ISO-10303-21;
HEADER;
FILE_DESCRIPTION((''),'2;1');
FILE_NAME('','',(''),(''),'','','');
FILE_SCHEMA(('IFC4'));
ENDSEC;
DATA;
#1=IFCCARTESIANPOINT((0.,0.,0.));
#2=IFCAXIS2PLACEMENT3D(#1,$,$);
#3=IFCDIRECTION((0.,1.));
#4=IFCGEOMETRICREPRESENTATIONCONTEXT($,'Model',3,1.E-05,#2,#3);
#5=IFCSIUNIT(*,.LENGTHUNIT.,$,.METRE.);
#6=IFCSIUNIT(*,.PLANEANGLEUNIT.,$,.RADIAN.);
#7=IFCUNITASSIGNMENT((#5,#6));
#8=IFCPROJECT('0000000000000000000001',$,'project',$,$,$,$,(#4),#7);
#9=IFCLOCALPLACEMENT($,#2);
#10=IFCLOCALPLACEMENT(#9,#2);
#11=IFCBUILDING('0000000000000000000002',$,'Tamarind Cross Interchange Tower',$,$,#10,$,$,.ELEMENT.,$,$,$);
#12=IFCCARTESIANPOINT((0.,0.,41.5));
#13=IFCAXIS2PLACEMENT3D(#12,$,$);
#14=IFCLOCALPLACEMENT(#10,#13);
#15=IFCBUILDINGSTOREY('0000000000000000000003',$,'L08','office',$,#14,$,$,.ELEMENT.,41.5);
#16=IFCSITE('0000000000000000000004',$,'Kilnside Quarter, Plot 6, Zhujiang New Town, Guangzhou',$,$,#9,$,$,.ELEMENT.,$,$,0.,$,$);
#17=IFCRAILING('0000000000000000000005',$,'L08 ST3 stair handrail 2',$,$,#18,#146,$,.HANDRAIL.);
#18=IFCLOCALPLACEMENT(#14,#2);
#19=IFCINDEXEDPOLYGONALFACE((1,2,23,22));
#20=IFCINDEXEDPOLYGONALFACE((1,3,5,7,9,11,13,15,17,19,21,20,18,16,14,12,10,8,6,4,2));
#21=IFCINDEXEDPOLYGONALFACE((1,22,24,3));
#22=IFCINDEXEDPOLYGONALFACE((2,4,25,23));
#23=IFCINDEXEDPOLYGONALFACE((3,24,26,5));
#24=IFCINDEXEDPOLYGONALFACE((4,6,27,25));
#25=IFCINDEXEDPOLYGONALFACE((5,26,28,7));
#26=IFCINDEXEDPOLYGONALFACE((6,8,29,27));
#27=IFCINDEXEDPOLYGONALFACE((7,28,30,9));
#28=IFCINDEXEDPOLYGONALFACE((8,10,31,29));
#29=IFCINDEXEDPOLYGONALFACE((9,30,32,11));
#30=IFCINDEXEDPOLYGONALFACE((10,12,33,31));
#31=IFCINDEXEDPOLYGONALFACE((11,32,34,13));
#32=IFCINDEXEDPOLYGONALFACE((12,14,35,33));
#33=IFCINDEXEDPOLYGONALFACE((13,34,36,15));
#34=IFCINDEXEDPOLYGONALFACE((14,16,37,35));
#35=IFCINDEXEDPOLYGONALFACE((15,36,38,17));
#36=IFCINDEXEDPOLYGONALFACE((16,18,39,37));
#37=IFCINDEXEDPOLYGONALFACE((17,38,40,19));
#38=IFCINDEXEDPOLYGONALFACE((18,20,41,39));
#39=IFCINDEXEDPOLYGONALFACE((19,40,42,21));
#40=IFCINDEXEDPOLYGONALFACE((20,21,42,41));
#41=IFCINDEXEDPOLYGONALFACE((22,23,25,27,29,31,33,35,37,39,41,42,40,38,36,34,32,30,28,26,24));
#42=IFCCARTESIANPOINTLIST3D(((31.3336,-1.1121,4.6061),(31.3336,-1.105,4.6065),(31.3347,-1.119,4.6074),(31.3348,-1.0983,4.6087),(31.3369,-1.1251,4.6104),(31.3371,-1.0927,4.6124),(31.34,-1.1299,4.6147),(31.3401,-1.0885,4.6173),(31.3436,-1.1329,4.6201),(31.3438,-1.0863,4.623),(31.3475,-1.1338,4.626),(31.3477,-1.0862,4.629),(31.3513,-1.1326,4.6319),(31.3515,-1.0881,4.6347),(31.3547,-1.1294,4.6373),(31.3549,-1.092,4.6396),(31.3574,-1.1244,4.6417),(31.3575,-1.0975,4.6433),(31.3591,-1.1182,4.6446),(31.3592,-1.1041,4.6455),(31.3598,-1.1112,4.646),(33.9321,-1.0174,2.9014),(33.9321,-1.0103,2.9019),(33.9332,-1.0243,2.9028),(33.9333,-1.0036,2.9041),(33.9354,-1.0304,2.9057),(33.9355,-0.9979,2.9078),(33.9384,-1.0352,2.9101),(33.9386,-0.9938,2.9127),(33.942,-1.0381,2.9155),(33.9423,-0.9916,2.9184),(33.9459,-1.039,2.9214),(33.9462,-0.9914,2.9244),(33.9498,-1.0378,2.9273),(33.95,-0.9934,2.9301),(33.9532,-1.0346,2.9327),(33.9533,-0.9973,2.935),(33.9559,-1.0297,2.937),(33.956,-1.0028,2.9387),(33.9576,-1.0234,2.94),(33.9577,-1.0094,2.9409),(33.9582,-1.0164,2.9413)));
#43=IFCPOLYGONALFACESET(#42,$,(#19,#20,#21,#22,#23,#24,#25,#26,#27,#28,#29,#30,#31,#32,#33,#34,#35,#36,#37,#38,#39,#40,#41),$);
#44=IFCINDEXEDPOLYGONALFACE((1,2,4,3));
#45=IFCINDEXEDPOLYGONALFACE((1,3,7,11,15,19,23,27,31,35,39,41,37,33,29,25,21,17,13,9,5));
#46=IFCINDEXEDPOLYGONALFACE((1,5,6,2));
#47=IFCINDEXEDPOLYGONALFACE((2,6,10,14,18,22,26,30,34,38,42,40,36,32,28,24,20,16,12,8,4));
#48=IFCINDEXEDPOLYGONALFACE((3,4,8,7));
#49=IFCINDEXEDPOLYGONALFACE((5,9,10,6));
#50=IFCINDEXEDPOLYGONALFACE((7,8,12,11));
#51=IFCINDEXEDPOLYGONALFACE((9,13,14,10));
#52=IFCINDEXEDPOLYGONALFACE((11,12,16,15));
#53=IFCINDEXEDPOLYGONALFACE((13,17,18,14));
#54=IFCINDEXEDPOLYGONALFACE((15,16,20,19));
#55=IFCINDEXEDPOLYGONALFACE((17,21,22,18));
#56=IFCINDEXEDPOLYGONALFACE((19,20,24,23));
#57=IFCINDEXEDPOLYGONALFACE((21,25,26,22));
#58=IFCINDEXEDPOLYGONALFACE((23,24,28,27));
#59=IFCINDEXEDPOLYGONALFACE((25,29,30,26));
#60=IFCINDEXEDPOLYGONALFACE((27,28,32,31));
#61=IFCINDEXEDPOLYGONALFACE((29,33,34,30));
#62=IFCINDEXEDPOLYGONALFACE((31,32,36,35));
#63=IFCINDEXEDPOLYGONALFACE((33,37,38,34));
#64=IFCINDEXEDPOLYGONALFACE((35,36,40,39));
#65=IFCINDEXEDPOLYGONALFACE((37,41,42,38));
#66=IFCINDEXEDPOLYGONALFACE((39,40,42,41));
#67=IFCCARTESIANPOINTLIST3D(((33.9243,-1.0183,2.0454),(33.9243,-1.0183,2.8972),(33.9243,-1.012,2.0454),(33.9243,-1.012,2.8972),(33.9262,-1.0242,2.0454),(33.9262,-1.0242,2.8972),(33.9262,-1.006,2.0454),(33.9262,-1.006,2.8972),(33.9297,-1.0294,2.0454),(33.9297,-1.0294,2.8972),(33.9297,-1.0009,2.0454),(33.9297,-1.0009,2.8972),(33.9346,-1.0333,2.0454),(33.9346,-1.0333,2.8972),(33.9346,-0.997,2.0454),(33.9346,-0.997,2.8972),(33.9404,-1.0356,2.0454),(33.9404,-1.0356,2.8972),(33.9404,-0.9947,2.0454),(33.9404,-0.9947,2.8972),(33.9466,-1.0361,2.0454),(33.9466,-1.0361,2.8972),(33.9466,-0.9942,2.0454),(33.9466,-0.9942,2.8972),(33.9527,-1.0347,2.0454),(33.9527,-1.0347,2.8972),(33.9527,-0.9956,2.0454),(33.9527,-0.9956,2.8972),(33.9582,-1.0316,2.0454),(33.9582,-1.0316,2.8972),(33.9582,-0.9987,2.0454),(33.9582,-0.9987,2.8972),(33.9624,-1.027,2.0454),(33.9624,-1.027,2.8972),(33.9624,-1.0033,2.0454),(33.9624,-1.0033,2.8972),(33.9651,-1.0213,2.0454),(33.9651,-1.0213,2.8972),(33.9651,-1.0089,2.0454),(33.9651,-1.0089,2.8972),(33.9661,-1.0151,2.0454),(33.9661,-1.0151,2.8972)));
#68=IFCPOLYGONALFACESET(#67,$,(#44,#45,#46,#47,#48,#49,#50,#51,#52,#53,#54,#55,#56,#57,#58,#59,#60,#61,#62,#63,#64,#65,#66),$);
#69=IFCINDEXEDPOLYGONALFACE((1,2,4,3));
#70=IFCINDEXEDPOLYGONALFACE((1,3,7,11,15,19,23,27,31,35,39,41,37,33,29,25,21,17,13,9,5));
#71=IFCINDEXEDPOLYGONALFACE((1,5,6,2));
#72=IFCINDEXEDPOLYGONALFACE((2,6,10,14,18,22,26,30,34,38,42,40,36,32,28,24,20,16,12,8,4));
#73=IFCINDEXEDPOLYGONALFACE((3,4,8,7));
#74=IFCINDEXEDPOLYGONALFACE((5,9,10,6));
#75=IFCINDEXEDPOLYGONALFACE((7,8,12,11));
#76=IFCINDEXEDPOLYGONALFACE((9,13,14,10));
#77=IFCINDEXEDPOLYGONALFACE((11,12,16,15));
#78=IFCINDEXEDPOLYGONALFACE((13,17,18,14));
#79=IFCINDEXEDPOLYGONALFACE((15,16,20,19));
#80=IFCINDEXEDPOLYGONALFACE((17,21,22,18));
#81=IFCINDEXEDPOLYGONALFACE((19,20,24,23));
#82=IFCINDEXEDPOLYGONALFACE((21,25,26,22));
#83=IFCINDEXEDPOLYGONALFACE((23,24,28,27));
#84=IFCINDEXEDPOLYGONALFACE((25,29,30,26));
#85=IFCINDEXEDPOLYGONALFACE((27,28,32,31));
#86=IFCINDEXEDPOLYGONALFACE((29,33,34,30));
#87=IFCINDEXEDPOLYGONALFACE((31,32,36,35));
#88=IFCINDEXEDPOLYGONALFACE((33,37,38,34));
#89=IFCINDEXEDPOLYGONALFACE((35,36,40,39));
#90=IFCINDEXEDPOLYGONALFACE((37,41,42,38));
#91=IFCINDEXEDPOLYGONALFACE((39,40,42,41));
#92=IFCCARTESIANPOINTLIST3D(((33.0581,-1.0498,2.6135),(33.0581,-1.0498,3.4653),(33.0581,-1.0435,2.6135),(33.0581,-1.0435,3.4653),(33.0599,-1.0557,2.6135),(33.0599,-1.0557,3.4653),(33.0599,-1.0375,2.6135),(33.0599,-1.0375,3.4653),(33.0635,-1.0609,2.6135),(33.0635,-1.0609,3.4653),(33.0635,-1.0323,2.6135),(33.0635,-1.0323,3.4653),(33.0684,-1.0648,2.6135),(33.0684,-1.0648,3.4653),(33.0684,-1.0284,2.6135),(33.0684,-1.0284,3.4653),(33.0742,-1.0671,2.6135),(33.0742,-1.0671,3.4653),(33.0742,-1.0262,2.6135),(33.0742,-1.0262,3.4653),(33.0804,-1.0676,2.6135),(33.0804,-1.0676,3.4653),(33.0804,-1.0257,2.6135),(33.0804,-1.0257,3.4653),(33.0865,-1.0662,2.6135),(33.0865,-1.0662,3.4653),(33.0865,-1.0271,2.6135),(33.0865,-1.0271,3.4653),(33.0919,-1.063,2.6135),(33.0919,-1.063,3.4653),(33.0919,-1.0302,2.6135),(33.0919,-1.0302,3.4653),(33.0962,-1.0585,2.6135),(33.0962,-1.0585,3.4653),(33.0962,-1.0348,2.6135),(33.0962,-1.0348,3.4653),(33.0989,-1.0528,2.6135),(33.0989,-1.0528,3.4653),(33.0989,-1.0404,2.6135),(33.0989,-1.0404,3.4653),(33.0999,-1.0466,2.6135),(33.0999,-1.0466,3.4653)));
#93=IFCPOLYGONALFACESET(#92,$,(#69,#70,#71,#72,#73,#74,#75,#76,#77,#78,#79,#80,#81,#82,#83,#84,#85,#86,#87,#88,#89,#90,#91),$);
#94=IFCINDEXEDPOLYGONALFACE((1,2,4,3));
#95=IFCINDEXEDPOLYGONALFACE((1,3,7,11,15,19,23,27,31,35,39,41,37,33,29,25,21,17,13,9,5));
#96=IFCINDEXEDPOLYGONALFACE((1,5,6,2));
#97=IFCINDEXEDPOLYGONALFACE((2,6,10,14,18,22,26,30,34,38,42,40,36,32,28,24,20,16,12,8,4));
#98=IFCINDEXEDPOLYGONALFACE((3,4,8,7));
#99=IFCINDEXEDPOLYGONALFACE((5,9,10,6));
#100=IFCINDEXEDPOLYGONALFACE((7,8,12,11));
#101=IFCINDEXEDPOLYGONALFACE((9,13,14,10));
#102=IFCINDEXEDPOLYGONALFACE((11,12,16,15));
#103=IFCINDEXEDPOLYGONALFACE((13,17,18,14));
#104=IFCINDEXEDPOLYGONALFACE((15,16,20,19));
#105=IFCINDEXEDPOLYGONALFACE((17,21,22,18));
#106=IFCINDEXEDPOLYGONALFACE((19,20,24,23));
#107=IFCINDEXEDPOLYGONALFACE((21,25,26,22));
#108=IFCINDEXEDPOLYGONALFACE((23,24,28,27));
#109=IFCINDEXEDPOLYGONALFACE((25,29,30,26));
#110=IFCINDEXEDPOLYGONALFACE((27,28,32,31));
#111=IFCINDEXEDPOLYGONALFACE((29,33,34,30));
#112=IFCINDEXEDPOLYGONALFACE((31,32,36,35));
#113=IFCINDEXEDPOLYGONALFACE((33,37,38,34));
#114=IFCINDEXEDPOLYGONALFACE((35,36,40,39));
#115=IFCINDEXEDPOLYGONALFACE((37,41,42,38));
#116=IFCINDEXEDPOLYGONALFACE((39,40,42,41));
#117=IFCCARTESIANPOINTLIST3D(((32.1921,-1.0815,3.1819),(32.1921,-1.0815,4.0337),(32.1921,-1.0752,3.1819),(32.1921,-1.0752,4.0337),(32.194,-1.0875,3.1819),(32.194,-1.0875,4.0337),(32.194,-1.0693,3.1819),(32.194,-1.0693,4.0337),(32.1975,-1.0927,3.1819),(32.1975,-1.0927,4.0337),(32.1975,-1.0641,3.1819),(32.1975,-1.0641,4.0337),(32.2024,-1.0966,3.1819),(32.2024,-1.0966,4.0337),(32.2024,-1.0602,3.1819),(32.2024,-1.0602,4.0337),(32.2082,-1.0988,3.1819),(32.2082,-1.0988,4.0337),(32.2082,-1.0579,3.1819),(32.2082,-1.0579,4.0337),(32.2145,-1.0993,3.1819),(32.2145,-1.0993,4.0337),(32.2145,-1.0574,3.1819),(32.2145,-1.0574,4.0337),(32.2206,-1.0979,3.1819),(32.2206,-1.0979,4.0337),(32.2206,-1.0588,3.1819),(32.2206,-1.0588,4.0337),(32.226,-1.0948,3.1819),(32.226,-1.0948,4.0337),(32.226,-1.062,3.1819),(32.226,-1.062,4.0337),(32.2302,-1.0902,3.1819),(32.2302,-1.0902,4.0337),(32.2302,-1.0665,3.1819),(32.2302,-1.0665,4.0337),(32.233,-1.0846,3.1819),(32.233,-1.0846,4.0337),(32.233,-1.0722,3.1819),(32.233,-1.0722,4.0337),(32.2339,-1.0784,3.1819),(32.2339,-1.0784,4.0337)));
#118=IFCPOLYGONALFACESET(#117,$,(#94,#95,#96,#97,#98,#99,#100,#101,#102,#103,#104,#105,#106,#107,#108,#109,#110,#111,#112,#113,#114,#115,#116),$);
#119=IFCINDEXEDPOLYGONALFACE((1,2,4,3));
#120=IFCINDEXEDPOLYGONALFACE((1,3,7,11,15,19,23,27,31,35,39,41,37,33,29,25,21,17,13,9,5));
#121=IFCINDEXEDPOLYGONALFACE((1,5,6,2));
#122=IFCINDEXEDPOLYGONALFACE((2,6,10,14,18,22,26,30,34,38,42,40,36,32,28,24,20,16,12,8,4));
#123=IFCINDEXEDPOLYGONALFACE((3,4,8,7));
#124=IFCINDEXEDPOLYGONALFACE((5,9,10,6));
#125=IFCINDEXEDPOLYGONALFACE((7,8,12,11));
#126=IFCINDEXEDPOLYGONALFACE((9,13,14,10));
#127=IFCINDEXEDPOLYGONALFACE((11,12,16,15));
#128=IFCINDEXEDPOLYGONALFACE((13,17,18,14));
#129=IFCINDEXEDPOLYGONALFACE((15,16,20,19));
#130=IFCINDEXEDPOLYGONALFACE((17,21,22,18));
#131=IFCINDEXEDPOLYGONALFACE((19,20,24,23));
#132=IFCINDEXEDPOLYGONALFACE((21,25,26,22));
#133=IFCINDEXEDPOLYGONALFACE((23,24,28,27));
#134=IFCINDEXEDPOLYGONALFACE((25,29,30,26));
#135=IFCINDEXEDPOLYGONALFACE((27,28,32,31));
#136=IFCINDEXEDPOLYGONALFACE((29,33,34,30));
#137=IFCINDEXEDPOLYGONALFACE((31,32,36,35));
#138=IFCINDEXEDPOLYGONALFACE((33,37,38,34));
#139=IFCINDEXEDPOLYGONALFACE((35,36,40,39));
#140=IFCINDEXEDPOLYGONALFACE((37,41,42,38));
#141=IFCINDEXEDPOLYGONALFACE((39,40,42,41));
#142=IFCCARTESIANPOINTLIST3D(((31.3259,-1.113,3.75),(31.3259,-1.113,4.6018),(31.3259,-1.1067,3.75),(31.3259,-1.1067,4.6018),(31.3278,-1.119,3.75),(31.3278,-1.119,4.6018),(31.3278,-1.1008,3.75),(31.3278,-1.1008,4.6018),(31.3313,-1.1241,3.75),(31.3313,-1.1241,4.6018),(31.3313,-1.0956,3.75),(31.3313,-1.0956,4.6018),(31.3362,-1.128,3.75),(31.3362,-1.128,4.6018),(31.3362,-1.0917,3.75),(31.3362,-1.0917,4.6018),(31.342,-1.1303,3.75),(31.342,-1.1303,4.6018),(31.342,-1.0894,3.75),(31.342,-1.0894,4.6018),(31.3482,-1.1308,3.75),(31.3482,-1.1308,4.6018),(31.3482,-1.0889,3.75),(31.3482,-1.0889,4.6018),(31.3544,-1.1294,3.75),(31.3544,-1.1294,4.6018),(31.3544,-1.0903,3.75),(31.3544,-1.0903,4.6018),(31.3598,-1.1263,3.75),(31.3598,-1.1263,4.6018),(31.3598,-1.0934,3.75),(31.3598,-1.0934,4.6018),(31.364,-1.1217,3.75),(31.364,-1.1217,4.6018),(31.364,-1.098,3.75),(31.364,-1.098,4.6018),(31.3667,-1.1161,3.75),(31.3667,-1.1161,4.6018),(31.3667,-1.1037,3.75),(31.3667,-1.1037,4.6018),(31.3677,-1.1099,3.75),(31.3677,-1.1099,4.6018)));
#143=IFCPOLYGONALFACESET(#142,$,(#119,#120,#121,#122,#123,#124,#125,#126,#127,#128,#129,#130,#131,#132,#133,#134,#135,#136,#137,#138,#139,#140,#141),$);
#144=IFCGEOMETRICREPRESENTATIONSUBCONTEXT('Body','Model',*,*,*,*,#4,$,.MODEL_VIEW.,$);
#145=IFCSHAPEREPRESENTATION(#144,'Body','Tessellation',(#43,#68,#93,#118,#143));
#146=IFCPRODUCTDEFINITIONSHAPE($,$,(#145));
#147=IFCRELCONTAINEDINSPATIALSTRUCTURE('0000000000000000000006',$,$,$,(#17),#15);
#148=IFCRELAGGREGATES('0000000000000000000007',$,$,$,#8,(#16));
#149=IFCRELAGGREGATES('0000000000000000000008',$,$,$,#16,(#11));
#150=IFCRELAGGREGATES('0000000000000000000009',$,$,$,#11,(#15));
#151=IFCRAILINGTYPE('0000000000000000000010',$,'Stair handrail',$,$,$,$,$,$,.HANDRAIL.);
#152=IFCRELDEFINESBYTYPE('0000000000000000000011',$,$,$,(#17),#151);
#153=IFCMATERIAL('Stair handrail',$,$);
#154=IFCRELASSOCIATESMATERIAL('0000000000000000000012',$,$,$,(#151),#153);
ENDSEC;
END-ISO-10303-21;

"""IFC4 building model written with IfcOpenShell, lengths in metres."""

from ifc_helpers import new_model, si_unit, direction, frame, origin, origin_2d, place, context, subcontext, project, spatial, circle, extrude, material, type_object, element, save


model = new_model("IFC4")

# Units and contexts
model_context = context("Model", 3, precision=1e-05, world=origin(), true_north=direction((0.0, 1.0)))
body_context = subcontext(model_context, "Body", "Model", "MODEL_VIEW")
ifc_project = project(units=[si_unit("LENGTHUNIT", "METRE"), si_unit("PLANEANGLEUNIT", "RADIAN")], contexts=[model_context])

# Site, building, storey
site_placement = place(None, origin())
site = spatial("IfcSite", under=ifc_project, at=site_placement, Name="Kilnside Quarter, Plot 6, Zhujiang New Town, Guangzhou", CompositionType="ELEMENT", RefElevation=0.0)
building_placement = place(site_placement, origin())
building = spatial("IfcBuilding", under=site, at=building_placement, Name="Tamarind Cross Interchange Tower", CompositionType="ELEMENT")
storey_placement = place(building_placement, frame((0.0, 0.0, 41.5)))
storey = spatial("IfcBuildingStorey", under=building, at=storey_placement, Name="L08", Description="office", CompositionType="ELEMENT", Elevation=41.5)

# Railing
ifc_material_1 = material(Name="Stair handrail")
railing_type_1 = type_object("IfcRailingType", Name="Stair handrail", PredefinedType="HANDRAIL", material=ifc_material_1)
railing_1_placement = place(storey_placement, frame((33.9451, -1.0151, 2.0454)))
element("IfcRailing", 1, at=railing_1_placement, inside=storey, type_object=railing_type_1, Name="L08 ST3 stair handrail 2", PredefinedType="HANDRAIL", context=body_context, shape_type="SweptSolid", body=[
    extrude(circle(Radius=0.0239, at=origin_2d()), frame((0.0, 0.0, 0.876), z_axis=(-0.835749, -0.030468, 0.548266), x_axis=(0.036432, -0.999336, 0.0)), (0.0, 0.0, 1.0), 3.1091),
    extrude(circle(Radius=0.021, at=origin_2d()), origin(), (0.0, 0.0, 1.0), 0.8518),
    extrude(circle(Radius=0.021, at=origin_2d()), frame((-0.8662, -0.0315, 0.5681)), (0.0, 0.0, 1.0), 0.8518),
    extrude(circle(Radius=0.021, at=origin_2d()), frame((-1.7322, -0.0632, 1.1365)), (0.0, 0.0, 1.0), 0.8518),
    extrude(circle(Radius=0.021, at=origin_2d()), frame((-2.5984, -0.0947, 1.7046)), (0.0, 0.0, 1.0), 0.8518),
])

save(model, "model.ifc")
